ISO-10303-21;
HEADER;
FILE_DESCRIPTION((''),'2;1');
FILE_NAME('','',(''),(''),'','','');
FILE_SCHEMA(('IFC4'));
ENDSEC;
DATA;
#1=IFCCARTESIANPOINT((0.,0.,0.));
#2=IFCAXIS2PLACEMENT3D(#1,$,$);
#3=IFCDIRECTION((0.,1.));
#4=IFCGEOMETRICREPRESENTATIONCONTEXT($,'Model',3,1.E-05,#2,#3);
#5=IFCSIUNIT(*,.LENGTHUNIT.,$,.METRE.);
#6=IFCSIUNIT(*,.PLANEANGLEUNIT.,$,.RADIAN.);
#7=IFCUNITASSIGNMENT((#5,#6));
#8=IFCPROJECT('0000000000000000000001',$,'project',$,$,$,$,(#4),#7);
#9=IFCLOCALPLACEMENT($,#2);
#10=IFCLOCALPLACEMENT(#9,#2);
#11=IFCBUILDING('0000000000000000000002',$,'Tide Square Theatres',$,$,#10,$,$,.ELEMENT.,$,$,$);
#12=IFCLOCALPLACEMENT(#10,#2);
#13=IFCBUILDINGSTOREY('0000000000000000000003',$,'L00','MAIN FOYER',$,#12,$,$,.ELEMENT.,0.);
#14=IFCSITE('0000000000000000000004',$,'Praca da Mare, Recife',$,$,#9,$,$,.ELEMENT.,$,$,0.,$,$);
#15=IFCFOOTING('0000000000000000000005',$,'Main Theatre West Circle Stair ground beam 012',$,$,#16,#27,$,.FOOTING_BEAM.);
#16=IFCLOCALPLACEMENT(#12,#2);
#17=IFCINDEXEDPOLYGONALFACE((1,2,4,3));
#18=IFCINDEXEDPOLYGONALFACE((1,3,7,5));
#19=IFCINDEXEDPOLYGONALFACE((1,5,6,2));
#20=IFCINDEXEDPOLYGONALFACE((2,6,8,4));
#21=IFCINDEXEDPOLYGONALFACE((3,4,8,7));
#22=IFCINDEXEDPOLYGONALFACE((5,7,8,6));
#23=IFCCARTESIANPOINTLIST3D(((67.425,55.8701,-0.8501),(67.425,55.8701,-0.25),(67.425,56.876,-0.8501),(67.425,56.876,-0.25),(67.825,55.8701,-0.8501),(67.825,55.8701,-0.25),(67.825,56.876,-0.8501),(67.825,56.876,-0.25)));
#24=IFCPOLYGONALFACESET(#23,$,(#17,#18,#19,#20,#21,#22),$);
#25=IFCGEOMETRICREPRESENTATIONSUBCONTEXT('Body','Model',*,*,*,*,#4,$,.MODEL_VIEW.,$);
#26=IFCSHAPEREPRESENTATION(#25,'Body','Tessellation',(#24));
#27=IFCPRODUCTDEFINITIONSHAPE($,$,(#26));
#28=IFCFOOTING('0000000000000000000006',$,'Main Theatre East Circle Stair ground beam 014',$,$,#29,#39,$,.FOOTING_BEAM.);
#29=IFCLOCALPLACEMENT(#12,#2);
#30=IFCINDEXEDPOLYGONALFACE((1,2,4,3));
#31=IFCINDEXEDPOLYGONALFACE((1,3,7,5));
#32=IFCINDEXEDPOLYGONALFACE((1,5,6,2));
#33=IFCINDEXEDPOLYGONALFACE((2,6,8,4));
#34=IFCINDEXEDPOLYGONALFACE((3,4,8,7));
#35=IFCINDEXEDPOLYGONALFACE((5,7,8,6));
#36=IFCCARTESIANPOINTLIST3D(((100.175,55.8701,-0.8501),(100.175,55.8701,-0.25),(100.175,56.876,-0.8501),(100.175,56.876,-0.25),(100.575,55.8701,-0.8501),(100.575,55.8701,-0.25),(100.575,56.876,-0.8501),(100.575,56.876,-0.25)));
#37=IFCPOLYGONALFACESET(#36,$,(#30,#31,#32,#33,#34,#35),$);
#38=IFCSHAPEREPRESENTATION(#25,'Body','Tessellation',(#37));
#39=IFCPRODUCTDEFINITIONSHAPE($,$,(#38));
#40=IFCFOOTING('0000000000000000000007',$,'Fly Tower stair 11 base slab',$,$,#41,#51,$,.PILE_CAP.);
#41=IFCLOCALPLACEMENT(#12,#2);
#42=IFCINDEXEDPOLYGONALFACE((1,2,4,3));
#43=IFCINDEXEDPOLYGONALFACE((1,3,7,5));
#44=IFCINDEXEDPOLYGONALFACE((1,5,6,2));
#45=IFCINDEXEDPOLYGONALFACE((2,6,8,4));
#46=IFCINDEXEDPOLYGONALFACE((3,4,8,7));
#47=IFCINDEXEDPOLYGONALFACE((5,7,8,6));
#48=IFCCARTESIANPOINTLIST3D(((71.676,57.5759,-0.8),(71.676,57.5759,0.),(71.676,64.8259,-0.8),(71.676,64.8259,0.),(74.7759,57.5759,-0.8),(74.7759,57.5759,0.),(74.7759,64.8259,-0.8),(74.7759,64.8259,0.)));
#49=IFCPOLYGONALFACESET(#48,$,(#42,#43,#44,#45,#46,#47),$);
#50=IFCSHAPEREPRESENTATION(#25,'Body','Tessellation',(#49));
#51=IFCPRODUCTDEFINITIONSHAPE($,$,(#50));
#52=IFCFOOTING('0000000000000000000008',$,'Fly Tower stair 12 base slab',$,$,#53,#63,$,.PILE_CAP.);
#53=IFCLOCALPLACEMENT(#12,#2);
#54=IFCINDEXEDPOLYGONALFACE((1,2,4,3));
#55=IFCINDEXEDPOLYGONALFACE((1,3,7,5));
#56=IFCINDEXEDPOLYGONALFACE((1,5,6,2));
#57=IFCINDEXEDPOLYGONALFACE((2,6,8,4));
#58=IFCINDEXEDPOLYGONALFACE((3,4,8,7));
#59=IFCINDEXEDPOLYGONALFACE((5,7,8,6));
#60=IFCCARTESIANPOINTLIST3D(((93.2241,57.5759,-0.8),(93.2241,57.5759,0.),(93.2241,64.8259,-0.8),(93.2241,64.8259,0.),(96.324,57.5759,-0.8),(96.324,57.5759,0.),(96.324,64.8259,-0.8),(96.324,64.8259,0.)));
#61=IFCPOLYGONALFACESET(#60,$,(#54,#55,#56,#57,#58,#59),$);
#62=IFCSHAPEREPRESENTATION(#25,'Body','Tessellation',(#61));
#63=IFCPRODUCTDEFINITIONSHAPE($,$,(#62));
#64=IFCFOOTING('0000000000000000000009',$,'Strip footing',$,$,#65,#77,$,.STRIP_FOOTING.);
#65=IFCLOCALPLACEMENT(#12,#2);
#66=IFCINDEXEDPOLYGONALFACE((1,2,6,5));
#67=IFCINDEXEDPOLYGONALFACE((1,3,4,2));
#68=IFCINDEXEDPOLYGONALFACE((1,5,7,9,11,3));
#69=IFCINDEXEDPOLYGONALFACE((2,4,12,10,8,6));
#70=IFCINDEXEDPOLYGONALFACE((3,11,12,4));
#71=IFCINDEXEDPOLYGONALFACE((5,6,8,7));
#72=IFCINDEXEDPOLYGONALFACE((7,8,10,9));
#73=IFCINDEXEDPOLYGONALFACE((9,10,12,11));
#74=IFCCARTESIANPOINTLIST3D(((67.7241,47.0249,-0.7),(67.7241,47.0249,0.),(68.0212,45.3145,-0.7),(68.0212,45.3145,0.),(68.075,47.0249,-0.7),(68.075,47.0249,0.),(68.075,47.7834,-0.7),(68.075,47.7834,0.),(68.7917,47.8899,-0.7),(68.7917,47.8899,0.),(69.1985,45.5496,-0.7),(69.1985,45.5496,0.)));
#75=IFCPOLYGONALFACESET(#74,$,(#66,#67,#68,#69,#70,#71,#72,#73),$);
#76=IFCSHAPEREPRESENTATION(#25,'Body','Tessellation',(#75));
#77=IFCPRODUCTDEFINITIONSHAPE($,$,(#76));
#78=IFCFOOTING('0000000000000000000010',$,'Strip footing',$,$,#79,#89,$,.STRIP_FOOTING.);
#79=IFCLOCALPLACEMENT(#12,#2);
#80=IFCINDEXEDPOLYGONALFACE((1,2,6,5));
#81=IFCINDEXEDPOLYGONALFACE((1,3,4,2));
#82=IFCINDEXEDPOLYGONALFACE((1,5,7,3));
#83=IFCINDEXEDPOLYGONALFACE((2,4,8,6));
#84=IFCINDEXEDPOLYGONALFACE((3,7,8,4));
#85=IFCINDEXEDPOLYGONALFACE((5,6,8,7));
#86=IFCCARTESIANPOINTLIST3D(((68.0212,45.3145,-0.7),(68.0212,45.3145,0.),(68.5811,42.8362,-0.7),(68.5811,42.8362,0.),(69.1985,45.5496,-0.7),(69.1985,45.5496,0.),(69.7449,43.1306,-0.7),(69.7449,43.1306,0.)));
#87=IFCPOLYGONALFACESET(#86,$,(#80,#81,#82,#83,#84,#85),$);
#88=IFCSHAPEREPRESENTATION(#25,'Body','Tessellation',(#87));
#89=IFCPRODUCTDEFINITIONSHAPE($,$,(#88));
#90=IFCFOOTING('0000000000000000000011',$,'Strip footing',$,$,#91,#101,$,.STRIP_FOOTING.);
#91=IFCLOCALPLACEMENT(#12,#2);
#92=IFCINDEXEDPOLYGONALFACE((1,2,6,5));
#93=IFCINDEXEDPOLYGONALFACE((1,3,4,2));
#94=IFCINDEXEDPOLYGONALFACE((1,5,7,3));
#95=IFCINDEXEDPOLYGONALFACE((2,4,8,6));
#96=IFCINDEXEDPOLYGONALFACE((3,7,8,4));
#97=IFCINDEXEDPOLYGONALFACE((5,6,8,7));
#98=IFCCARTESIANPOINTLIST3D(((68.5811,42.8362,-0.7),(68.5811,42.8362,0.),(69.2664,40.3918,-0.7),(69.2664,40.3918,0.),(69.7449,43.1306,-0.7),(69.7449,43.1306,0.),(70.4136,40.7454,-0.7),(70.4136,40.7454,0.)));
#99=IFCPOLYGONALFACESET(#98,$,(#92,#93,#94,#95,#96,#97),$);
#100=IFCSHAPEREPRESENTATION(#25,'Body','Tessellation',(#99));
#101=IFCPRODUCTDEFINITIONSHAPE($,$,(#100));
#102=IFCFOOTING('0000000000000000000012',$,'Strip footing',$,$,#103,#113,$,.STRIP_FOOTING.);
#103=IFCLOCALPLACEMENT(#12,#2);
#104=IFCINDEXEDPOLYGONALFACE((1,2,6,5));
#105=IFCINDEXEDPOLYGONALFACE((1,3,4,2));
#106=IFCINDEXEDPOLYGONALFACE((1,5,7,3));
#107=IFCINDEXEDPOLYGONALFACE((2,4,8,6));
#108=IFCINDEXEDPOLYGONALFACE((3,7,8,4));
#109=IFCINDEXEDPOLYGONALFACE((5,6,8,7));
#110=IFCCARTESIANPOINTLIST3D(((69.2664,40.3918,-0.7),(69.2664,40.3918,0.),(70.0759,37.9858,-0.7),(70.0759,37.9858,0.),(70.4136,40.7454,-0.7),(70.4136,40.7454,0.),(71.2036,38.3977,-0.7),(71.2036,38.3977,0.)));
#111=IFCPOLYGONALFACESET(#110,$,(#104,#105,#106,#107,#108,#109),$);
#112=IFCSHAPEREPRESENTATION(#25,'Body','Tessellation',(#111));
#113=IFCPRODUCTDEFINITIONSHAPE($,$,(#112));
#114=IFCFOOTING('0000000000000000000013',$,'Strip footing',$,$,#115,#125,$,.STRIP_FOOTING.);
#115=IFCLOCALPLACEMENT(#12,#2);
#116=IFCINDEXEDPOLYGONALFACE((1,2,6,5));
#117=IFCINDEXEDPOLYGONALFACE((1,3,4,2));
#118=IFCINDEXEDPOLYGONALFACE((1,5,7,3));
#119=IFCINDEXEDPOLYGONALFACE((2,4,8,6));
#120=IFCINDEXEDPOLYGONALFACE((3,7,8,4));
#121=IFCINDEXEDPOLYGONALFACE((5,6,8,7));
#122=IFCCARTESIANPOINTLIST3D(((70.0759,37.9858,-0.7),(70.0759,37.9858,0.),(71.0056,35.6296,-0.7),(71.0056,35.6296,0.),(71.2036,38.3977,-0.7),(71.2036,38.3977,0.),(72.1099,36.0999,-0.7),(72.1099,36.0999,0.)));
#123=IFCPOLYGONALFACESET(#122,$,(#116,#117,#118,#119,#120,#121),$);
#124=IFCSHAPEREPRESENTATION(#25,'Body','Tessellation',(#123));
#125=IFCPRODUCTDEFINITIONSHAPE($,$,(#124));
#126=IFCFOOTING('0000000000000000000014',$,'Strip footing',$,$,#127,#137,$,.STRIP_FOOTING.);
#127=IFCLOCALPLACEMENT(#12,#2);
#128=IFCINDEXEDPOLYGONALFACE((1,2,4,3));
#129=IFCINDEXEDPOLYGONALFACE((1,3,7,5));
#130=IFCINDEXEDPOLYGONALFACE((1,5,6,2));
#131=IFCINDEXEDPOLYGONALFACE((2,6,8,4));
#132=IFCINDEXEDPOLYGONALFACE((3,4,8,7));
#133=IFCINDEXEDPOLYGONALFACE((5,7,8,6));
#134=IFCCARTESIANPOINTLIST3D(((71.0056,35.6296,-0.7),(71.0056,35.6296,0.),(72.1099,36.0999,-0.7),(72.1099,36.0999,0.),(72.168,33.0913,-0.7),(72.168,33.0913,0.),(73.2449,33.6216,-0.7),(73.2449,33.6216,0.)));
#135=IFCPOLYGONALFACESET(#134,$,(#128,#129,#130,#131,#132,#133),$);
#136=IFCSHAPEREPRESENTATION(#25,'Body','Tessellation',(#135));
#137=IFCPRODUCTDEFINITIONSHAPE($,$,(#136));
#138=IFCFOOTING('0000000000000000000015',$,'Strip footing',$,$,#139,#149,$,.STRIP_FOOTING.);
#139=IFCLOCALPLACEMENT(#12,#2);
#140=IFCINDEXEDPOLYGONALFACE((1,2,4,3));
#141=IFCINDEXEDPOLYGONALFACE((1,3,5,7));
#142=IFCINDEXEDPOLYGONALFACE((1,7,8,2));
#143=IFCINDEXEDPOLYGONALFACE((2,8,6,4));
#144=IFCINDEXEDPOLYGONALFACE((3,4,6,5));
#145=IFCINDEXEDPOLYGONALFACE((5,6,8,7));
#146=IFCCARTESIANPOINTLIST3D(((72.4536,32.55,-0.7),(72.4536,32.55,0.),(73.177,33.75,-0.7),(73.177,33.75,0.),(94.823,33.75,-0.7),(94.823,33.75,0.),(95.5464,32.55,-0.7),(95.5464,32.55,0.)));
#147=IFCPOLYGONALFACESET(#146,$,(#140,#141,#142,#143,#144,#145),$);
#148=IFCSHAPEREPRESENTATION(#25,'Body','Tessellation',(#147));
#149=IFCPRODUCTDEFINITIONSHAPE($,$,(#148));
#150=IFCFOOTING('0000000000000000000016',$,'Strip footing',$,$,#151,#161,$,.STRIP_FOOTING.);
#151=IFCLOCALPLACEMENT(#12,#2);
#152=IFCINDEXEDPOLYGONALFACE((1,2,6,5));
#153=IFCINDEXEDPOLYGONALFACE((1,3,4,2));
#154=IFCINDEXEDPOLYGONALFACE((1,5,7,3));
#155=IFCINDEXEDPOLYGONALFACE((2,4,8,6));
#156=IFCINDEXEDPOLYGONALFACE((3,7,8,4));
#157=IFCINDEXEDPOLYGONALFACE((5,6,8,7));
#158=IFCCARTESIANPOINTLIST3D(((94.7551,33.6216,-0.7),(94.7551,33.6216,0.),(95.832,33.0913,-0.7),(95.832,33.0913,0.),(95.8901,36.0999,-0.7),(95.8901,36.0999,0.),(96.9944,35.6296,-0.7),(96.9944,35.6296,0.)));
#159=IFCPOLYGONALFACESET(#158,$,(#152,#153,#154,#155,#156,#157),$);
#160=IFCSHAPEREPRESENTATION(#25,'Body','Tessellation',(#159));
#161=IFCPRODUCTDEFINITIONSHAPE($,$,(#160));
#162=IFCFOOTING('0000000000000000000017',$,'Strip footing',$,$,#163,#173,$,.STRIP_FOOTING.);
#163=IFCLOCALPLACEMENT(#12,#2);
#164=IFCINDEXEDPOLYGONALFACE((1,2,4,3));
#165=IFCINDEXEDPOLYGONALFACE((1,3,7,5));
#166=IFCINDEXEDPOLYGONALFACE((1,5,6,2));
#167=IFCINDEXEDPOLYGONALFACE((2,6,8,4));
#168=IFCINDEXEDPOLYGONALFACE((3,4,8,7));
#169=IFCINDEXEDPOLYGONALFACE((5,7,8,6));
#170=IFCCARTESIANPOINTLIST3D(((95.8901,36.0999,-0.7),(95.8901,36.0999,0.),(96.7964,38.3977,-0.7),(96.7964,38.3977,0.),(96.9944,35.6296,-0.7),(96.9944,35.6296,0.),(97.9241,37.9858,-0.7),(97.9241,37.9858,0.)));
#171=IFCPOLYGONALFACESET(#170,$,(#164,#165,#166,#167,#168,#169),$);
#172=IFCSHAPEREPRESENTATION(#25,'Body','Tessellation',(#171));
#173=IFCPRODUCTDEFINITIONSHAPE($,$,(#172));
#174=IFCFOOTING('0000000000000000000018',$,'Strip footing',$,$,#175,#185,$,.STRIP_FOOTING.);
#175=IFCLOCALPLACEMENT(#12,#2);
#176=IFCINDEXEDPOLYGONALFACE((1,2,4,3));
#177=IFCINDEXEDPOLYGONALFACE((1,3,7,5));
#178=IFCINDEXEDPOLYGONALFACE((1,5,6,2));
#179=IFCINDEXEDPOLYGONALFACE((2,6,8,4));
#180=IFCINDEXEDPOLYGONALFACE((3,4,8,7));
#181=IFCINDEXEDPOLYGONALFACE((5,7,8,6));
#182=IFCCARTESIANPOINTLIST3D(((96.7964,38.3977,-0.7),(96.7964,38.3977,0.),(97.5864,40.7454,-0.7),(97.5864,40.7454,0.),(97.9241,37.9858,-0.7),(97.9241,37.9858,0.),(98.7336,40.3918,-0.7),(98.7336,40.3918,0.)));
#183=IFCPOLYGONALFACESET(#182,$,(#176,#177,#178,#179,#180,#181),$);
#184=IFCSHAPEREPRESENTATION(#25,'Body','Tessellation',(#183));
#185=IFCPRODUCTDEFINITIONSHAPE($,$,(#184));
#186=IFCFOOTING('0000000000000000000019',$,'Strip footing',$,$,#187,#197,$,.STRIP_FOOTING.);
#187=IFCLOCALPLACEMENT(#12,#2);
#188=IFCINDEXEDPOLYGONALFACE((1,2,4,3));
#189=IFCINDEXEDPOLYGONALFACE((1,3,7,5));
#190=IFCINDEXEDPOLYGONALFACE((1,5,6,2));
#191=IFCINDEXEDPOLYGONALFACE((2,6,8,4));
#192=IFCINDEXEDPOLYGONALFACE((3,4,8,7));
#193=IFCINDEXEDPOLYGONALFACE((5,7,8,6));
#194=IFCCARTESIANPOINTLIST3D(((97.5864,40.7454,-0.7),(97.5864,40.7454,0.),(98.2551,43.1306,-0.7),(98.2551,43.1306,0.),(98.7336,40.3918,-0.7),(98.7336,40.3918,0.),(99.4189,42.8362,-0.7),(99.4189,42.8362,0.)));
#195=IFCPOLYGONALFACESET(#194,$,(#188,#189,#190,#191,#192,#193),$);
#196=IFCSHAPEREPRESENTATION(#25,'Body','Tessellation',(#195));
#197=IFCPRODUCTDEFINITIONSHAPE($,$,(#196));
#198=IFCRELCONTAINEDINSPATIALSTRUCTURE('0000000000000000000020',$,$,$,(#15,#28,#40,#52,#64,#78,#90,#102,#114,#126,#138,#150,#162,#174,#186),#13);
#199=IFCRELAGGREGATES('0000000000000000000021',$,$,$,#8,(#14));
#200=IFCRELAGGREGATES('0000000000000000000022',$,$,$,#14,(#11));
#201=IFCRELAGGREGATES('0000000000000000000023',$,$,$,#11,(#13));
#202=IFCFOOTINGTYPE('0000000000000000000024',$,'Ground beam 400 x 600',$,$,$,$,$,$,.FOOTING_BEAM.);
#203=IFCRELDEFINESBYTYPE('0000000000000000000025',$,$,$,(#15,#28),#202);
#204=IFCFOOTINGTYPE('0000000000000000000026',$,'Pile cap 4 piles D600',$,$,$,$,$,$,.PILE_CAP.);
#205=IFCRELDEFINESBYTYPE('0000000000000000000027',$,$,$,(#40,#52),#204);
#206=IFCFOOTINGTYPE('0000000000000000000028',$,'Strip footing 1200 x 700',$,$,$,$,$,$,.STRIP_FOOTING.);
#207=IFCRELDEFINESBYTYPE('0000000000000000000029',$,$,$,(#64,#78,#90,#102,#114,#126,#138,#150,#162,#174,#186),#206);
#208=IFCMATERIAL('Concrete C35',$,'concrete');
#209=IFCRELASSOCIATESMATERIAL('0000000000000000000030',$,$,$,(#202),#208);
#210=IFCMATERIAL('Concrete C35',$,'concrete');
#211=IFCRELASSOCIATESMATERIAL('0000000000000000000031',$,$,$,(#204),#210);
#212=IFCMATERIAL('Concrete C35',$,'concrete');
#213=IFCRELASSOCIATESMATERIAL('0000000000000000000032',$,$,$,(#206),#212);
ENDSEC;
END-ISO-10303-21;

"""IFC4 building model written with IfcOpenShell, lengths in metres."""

from ifc_helpers import new_model, si_unit, direction, frame, origin, place, context, subcontext, project, spatial, polyline, outline, extrude, material, type_object, element, save


model = new_model("IFC4")

# Units and contexts
model_context = context("Model", 3, precision=1e-05, world=origin(), true_north=direction((0.0, 1.0)))
body_context = subcontext(model_context, "Body", "Model", "MODEL_VIEW")
ifc_project = project(units=[si_unit("LENGTHUNIT", "METRE"), si_unit("PLANEANGLEUNIT", "RADIAN")], contexts=[model_context])

# Site, building, storey
site_placement = place(None, origin())
site = spatial("IfcSite", under=ifc_project, at=site_placement, Name="Praca da Mare, Recife", CompositionType="ELEMENT", RefElevation=0.0)
building_placement = place(site_placement, origin())
building = spatial("IfcBuilding", under=site, at=building_placement, Name="Tide Square Theatres", CompositionType="ELEMENT")
storey_placement = place(building_placement, origin())
storey = spatial("IfcBuildingStorey", under=building, at=storey_placement, Name="L00", Description="MAIN FOYER", CompositionType="ELEMENT", Elevation=0.0)

# Footings
ifc_material_1 = material(Name="Concrete C35", Category="concrete")
footing_type_1 = type_object("IfcFootingType", Name="Ground beam 400 x 600", PredefinedType="FOOTING_BEAM", material=ifc_material_1)
footing_1_placement = place(storey_placement, frame((0.0, 0.0, -0.8501)))
element("IfcFooting", 1, at=footing_1_placement, inside=storey, type_object=footing_type_1, Name="Main Theatre West Circle Stair ground beam 012", PredefinedType="FOOTING_BEAM", context=body_context, shape_type="SweptSolid", body=[
    extrude(outline(polyline([(67.825, 55.8701), (67.425, 55.8701), (67.425, 56.876), (67.825, 56.876), (67.825, 55.8701)])), origin(), (0.0, 0.0, 1.0), 0.6001),
])
footing_2_placement = place(storey_placement, frame((0.0, 0.0, -0.8501)))
element("IfcFooting", 2, at=footing_2_placement, inside=storey, type_object=footing_type_1, Name="Main Theatre East Circle Stair ground beam 014", PredefinedType="FOOTING_BEAM", context=body_context, shape_type="SweptSolid", body=[
    extrude(outline(polyline([(100.175, 55.8701), (100.575, 55.8701), (100.575, 56.876), (100.175, 56.876), (100.175, 55.8701)])), origin(), (0.0, 0.0, 1.0), 0.6001),
])
ifc_material_2 = material(Name="Concrete C35", Category="concrete")
footing_type_2 = type_object("IfcFootingType", Name="Pile cap 4 piles D600", PredefinedType="PILE_CAP", material=ifc_material_2)
footing_3_placement = place(storey_placement, frame((0.0, 0.0, -0.8)))
element("IfcFooting", 3, at=footing_3_placement, inside=storey, type_object=footing_type_2, Name="Fly Tower stair 11 base slab", PredefinedType="PILE_CAP", context=body_context, shape_type="SweptSolid", body=[
    extrude(outline(polyline([(71.676, 57.5759), (74.7759, 57.5759), (74.7759, 64.8259), (71.676, 64.8259), (71.676, 57.5759)])), origin(), (0.0, 0.0, 1.0), 0.8),
])
footing_4_placement = place(storey_placement, frame((0.0, 0.0, -0.8)))
element("IfcFooting", 4, at=footing_4_placement, inside=storey, type_object=footing_type_2, Name="Fly Tower stair 12 base slab", PredefinedType="PILE_CAP", context=body_context, shape_type="SweptSolid", body=[
    extrude(outline(polyline([(93.2241, 57.5759), (96.324, 57.5759), (96.324, 64.8259), (93.2241, 64.8259), (93.2241, 57.5759)])), origin(), (0.0, 0.0, 1.0), 0.8),
])
ifc_material_3 = material(Name="Concrete C35", Category="concrete")
footing_type_3 = type_object("IfcFootingType", Name="Strip footing 1200 x 700", PredefinedType="STRIP_FOOTING", material=ifc_material_3)
footing_5_placement = place(storey_placement, frame((0.0, 0.0, -0.7)))
element("IfcFooting", 5, at=footing_5_placement, inside=storey, type_object=footing_type_3, Name="Strip footing", PredefinedType="STRIP_FOOTING", context=body_context, shape_type="SweptSolid", body=[
    extrude(outline(polyline([(68.7917, 47.8899), (69.1985, 45.5496), (68.0212, 45.3145), (67.7241, 47.0249), (68.075, 47.0249), (68.075, 47.7834), (68.7917, 47.8899)])), origin(), (0.0, 0.0, 1.0), 0.7),
])
footing_6_placement = place(storey_placement, frame((0.0, 0.0, -0.7)))
element("IfcFooting", 6, at=footing_6_placement, inside=storey, type_object=footing_type_3, Name="Strip footing", PredefinedType="STRIP_FOOTING", context=body_context, shape_type="SweptSolid", body=[
    extrude(outline(polyline([(68.0212, 45.3145), (68.5811, 42.8362), (69.7449, 43.1306), (69.1985, 45.5496), (68.0212, 45.3145)])), origin(), (0.0, 0.0, 1.0), 0.7),
])
footing_7_placement = place(storey_placement, frame((0.0, 0.0, -0.7)))
element("IfcFooting", 7, at=footing_7_placement, inside=storey, type_object=footing_type_3, Name="Strip footing", PredefinedType="STRIP_FOOTING", context=body_context, shape_type="SweptSolid", body=[
    extrude(outline(polyline([(68.5811, 42.8362), (69.2664, 40.3918), (70.4136, 40.7454), (69.7449, 43.1306), (68.5811, 42.8362)])), origin(), (0.0, 0.0, 1.0), 0.7),
])
footing_8_placement = place(storey_placement, frame((0.0, 0.0, -0.7)))
element("IfcFooting", 8, at=footing_8_placement, inside=storey, type_object=footing_type_3, Name="Strip footing", PredefinedType="STRIP_FOOTING", context=body_context, shape_type="SweptSolid", body=[
    extrude(outline(polyline([(69.2664, 40.3918), (70.0759, 37.9858), (71.2036, 38.3977), (70.4136, 40.7454), (69.2664, 40.3918)])), origin(), (0.0, 0.0, 1.0), 0.7),
])
footing_9_placement = place(storey_placement, frame((0.0, 0.0, -0.7)))
element("IfcFooting", 9, at=footing_9_placement, inside=storey, type_object=footing_type_3, Name="Strip footing", PredefinedType="STRIP_FOOTING", context=body_context, shape_type="SweptSolid", body=[
    extrude(outline(polyline([(70.0759, 37.9858), (71.0056, 35.6296), (72.1099, 36.0999), (71.2036, 38.3977), (70.0759, 37.9858)])), origin(), (0.0, 0.0, 1.0), 0.7),
])
footing_10_placement = place(storey_placement, frame((0.0, 0.0, -0.7)))
element("IfcFooting", 10, at=footing_10_placement, inside=storey, type_object=footing_type_3, Name="Strip footing", PredefinedType="STRIP_FOOTING", context=body_context, shape_type="SweptSolid", body=[
    extrude(outline(polyline([(71.0056, 35.6296), (72.168, 33.0913), (73.2449, 33.6216), (72.1099, 36.0999), (71.0056, 35.6296)])), origin(), (0.0, 0.0, 1.0), 0.7),
])
footing_11_placement = place(storey_placement, frame((0.0, 0.0, -0.7)))
element("IfcFooting", 11, at=footing_11_placement, inside=storey, type_object=footing_type_3, Name="Strip footing", PredefinedType="STRIP_FOOTING", context=body_context, shape_type="SweptSolid", body=[
    extrude(outline(polyline([(72.4536, 32.55), (95.5464, 32.55), (94.823, 33.75), (73.177, 33.75), (72.4536, 32.55)])), origin(), (0.0, 0.0, 1.0), 0.7),
])
footing_12_placement = place(storey_placement, frame((0.0, 0.0, -0.7)))
element("IfcFooting", 12, at=footing_12_placement, inside=storey, type_object=footing_type_3, Name="Strip footing", PredefinedType="STRIP_FOOTING", context=body_context, shape_type="SweptSolid", body=[
    extrude(outline(polyline([(95.832, 33.0913), (96.9944, 35.6296), (95.8901, 36.0999), (94.7551, 33.6216), (95.832, 33.0913)])), origin(), (0.0, 0.0, 1.0), 0.7),
])
footing_13_placement = place(storey_placement, frame((0.0, 0.0, -0.7)))
element("IfcFooting", 13, at=footing_13_placement, inside=storey, type_object=footing_type_3, Name="Strip footing", PredefinedType="STRIP_FOOTING", context=body_context, shape_type="SweptSolid", body=[
    extrude(outline(polyline([(96.9944, 35.6296), (97.9241, 37.9858), (96.7964, 38.3977), (95.8901, 36.0999), (96.9944, 35.6296)])), origin(), (0.0, 0.0, 1.0), 0.7),
])
footing_14_placement = place(storey_placement, frame((0.0, 0.0, -0.7)))
element("IfcFooting", 14, at=footing_14_placement, inside=storey, type_object=footing_type_3, Name="Strip footing", PredefinedType="STRIP_FOOTING", context=body_context, shape_type="SweptSolid", body=[
    extrude(outline(polyline([(97.9241, 37.9858), (98.7336, 40.3918), (97.5864, 40.7454), (96.7964, 38.3977), (97.9241, 37.9858)])), origin(), (0.0, 0.0, 1.0), 0.7),
])
footing_15_placement = place(storey_placement, frame((0.0, 0.0, -0.7)))
element("IfcFooting", 15, at=footing_15_placement, inside=storey, type_object=footing_type_3, Name="Strip footing", PredefinedType="STRIP_FOOTING", context=body_context, shape_type="SweptSolid", body=[
    extrude(outline(polyline([(98.7336, 40.3918), (99.4189, 42.8362), (98.2551, 43.1306), (97.5864, 40.7454), (98.7336, 40.3918)])), origin(), (0.0, 0.0, 1.0), 0.7),
])

save(model, "model.ifc")
